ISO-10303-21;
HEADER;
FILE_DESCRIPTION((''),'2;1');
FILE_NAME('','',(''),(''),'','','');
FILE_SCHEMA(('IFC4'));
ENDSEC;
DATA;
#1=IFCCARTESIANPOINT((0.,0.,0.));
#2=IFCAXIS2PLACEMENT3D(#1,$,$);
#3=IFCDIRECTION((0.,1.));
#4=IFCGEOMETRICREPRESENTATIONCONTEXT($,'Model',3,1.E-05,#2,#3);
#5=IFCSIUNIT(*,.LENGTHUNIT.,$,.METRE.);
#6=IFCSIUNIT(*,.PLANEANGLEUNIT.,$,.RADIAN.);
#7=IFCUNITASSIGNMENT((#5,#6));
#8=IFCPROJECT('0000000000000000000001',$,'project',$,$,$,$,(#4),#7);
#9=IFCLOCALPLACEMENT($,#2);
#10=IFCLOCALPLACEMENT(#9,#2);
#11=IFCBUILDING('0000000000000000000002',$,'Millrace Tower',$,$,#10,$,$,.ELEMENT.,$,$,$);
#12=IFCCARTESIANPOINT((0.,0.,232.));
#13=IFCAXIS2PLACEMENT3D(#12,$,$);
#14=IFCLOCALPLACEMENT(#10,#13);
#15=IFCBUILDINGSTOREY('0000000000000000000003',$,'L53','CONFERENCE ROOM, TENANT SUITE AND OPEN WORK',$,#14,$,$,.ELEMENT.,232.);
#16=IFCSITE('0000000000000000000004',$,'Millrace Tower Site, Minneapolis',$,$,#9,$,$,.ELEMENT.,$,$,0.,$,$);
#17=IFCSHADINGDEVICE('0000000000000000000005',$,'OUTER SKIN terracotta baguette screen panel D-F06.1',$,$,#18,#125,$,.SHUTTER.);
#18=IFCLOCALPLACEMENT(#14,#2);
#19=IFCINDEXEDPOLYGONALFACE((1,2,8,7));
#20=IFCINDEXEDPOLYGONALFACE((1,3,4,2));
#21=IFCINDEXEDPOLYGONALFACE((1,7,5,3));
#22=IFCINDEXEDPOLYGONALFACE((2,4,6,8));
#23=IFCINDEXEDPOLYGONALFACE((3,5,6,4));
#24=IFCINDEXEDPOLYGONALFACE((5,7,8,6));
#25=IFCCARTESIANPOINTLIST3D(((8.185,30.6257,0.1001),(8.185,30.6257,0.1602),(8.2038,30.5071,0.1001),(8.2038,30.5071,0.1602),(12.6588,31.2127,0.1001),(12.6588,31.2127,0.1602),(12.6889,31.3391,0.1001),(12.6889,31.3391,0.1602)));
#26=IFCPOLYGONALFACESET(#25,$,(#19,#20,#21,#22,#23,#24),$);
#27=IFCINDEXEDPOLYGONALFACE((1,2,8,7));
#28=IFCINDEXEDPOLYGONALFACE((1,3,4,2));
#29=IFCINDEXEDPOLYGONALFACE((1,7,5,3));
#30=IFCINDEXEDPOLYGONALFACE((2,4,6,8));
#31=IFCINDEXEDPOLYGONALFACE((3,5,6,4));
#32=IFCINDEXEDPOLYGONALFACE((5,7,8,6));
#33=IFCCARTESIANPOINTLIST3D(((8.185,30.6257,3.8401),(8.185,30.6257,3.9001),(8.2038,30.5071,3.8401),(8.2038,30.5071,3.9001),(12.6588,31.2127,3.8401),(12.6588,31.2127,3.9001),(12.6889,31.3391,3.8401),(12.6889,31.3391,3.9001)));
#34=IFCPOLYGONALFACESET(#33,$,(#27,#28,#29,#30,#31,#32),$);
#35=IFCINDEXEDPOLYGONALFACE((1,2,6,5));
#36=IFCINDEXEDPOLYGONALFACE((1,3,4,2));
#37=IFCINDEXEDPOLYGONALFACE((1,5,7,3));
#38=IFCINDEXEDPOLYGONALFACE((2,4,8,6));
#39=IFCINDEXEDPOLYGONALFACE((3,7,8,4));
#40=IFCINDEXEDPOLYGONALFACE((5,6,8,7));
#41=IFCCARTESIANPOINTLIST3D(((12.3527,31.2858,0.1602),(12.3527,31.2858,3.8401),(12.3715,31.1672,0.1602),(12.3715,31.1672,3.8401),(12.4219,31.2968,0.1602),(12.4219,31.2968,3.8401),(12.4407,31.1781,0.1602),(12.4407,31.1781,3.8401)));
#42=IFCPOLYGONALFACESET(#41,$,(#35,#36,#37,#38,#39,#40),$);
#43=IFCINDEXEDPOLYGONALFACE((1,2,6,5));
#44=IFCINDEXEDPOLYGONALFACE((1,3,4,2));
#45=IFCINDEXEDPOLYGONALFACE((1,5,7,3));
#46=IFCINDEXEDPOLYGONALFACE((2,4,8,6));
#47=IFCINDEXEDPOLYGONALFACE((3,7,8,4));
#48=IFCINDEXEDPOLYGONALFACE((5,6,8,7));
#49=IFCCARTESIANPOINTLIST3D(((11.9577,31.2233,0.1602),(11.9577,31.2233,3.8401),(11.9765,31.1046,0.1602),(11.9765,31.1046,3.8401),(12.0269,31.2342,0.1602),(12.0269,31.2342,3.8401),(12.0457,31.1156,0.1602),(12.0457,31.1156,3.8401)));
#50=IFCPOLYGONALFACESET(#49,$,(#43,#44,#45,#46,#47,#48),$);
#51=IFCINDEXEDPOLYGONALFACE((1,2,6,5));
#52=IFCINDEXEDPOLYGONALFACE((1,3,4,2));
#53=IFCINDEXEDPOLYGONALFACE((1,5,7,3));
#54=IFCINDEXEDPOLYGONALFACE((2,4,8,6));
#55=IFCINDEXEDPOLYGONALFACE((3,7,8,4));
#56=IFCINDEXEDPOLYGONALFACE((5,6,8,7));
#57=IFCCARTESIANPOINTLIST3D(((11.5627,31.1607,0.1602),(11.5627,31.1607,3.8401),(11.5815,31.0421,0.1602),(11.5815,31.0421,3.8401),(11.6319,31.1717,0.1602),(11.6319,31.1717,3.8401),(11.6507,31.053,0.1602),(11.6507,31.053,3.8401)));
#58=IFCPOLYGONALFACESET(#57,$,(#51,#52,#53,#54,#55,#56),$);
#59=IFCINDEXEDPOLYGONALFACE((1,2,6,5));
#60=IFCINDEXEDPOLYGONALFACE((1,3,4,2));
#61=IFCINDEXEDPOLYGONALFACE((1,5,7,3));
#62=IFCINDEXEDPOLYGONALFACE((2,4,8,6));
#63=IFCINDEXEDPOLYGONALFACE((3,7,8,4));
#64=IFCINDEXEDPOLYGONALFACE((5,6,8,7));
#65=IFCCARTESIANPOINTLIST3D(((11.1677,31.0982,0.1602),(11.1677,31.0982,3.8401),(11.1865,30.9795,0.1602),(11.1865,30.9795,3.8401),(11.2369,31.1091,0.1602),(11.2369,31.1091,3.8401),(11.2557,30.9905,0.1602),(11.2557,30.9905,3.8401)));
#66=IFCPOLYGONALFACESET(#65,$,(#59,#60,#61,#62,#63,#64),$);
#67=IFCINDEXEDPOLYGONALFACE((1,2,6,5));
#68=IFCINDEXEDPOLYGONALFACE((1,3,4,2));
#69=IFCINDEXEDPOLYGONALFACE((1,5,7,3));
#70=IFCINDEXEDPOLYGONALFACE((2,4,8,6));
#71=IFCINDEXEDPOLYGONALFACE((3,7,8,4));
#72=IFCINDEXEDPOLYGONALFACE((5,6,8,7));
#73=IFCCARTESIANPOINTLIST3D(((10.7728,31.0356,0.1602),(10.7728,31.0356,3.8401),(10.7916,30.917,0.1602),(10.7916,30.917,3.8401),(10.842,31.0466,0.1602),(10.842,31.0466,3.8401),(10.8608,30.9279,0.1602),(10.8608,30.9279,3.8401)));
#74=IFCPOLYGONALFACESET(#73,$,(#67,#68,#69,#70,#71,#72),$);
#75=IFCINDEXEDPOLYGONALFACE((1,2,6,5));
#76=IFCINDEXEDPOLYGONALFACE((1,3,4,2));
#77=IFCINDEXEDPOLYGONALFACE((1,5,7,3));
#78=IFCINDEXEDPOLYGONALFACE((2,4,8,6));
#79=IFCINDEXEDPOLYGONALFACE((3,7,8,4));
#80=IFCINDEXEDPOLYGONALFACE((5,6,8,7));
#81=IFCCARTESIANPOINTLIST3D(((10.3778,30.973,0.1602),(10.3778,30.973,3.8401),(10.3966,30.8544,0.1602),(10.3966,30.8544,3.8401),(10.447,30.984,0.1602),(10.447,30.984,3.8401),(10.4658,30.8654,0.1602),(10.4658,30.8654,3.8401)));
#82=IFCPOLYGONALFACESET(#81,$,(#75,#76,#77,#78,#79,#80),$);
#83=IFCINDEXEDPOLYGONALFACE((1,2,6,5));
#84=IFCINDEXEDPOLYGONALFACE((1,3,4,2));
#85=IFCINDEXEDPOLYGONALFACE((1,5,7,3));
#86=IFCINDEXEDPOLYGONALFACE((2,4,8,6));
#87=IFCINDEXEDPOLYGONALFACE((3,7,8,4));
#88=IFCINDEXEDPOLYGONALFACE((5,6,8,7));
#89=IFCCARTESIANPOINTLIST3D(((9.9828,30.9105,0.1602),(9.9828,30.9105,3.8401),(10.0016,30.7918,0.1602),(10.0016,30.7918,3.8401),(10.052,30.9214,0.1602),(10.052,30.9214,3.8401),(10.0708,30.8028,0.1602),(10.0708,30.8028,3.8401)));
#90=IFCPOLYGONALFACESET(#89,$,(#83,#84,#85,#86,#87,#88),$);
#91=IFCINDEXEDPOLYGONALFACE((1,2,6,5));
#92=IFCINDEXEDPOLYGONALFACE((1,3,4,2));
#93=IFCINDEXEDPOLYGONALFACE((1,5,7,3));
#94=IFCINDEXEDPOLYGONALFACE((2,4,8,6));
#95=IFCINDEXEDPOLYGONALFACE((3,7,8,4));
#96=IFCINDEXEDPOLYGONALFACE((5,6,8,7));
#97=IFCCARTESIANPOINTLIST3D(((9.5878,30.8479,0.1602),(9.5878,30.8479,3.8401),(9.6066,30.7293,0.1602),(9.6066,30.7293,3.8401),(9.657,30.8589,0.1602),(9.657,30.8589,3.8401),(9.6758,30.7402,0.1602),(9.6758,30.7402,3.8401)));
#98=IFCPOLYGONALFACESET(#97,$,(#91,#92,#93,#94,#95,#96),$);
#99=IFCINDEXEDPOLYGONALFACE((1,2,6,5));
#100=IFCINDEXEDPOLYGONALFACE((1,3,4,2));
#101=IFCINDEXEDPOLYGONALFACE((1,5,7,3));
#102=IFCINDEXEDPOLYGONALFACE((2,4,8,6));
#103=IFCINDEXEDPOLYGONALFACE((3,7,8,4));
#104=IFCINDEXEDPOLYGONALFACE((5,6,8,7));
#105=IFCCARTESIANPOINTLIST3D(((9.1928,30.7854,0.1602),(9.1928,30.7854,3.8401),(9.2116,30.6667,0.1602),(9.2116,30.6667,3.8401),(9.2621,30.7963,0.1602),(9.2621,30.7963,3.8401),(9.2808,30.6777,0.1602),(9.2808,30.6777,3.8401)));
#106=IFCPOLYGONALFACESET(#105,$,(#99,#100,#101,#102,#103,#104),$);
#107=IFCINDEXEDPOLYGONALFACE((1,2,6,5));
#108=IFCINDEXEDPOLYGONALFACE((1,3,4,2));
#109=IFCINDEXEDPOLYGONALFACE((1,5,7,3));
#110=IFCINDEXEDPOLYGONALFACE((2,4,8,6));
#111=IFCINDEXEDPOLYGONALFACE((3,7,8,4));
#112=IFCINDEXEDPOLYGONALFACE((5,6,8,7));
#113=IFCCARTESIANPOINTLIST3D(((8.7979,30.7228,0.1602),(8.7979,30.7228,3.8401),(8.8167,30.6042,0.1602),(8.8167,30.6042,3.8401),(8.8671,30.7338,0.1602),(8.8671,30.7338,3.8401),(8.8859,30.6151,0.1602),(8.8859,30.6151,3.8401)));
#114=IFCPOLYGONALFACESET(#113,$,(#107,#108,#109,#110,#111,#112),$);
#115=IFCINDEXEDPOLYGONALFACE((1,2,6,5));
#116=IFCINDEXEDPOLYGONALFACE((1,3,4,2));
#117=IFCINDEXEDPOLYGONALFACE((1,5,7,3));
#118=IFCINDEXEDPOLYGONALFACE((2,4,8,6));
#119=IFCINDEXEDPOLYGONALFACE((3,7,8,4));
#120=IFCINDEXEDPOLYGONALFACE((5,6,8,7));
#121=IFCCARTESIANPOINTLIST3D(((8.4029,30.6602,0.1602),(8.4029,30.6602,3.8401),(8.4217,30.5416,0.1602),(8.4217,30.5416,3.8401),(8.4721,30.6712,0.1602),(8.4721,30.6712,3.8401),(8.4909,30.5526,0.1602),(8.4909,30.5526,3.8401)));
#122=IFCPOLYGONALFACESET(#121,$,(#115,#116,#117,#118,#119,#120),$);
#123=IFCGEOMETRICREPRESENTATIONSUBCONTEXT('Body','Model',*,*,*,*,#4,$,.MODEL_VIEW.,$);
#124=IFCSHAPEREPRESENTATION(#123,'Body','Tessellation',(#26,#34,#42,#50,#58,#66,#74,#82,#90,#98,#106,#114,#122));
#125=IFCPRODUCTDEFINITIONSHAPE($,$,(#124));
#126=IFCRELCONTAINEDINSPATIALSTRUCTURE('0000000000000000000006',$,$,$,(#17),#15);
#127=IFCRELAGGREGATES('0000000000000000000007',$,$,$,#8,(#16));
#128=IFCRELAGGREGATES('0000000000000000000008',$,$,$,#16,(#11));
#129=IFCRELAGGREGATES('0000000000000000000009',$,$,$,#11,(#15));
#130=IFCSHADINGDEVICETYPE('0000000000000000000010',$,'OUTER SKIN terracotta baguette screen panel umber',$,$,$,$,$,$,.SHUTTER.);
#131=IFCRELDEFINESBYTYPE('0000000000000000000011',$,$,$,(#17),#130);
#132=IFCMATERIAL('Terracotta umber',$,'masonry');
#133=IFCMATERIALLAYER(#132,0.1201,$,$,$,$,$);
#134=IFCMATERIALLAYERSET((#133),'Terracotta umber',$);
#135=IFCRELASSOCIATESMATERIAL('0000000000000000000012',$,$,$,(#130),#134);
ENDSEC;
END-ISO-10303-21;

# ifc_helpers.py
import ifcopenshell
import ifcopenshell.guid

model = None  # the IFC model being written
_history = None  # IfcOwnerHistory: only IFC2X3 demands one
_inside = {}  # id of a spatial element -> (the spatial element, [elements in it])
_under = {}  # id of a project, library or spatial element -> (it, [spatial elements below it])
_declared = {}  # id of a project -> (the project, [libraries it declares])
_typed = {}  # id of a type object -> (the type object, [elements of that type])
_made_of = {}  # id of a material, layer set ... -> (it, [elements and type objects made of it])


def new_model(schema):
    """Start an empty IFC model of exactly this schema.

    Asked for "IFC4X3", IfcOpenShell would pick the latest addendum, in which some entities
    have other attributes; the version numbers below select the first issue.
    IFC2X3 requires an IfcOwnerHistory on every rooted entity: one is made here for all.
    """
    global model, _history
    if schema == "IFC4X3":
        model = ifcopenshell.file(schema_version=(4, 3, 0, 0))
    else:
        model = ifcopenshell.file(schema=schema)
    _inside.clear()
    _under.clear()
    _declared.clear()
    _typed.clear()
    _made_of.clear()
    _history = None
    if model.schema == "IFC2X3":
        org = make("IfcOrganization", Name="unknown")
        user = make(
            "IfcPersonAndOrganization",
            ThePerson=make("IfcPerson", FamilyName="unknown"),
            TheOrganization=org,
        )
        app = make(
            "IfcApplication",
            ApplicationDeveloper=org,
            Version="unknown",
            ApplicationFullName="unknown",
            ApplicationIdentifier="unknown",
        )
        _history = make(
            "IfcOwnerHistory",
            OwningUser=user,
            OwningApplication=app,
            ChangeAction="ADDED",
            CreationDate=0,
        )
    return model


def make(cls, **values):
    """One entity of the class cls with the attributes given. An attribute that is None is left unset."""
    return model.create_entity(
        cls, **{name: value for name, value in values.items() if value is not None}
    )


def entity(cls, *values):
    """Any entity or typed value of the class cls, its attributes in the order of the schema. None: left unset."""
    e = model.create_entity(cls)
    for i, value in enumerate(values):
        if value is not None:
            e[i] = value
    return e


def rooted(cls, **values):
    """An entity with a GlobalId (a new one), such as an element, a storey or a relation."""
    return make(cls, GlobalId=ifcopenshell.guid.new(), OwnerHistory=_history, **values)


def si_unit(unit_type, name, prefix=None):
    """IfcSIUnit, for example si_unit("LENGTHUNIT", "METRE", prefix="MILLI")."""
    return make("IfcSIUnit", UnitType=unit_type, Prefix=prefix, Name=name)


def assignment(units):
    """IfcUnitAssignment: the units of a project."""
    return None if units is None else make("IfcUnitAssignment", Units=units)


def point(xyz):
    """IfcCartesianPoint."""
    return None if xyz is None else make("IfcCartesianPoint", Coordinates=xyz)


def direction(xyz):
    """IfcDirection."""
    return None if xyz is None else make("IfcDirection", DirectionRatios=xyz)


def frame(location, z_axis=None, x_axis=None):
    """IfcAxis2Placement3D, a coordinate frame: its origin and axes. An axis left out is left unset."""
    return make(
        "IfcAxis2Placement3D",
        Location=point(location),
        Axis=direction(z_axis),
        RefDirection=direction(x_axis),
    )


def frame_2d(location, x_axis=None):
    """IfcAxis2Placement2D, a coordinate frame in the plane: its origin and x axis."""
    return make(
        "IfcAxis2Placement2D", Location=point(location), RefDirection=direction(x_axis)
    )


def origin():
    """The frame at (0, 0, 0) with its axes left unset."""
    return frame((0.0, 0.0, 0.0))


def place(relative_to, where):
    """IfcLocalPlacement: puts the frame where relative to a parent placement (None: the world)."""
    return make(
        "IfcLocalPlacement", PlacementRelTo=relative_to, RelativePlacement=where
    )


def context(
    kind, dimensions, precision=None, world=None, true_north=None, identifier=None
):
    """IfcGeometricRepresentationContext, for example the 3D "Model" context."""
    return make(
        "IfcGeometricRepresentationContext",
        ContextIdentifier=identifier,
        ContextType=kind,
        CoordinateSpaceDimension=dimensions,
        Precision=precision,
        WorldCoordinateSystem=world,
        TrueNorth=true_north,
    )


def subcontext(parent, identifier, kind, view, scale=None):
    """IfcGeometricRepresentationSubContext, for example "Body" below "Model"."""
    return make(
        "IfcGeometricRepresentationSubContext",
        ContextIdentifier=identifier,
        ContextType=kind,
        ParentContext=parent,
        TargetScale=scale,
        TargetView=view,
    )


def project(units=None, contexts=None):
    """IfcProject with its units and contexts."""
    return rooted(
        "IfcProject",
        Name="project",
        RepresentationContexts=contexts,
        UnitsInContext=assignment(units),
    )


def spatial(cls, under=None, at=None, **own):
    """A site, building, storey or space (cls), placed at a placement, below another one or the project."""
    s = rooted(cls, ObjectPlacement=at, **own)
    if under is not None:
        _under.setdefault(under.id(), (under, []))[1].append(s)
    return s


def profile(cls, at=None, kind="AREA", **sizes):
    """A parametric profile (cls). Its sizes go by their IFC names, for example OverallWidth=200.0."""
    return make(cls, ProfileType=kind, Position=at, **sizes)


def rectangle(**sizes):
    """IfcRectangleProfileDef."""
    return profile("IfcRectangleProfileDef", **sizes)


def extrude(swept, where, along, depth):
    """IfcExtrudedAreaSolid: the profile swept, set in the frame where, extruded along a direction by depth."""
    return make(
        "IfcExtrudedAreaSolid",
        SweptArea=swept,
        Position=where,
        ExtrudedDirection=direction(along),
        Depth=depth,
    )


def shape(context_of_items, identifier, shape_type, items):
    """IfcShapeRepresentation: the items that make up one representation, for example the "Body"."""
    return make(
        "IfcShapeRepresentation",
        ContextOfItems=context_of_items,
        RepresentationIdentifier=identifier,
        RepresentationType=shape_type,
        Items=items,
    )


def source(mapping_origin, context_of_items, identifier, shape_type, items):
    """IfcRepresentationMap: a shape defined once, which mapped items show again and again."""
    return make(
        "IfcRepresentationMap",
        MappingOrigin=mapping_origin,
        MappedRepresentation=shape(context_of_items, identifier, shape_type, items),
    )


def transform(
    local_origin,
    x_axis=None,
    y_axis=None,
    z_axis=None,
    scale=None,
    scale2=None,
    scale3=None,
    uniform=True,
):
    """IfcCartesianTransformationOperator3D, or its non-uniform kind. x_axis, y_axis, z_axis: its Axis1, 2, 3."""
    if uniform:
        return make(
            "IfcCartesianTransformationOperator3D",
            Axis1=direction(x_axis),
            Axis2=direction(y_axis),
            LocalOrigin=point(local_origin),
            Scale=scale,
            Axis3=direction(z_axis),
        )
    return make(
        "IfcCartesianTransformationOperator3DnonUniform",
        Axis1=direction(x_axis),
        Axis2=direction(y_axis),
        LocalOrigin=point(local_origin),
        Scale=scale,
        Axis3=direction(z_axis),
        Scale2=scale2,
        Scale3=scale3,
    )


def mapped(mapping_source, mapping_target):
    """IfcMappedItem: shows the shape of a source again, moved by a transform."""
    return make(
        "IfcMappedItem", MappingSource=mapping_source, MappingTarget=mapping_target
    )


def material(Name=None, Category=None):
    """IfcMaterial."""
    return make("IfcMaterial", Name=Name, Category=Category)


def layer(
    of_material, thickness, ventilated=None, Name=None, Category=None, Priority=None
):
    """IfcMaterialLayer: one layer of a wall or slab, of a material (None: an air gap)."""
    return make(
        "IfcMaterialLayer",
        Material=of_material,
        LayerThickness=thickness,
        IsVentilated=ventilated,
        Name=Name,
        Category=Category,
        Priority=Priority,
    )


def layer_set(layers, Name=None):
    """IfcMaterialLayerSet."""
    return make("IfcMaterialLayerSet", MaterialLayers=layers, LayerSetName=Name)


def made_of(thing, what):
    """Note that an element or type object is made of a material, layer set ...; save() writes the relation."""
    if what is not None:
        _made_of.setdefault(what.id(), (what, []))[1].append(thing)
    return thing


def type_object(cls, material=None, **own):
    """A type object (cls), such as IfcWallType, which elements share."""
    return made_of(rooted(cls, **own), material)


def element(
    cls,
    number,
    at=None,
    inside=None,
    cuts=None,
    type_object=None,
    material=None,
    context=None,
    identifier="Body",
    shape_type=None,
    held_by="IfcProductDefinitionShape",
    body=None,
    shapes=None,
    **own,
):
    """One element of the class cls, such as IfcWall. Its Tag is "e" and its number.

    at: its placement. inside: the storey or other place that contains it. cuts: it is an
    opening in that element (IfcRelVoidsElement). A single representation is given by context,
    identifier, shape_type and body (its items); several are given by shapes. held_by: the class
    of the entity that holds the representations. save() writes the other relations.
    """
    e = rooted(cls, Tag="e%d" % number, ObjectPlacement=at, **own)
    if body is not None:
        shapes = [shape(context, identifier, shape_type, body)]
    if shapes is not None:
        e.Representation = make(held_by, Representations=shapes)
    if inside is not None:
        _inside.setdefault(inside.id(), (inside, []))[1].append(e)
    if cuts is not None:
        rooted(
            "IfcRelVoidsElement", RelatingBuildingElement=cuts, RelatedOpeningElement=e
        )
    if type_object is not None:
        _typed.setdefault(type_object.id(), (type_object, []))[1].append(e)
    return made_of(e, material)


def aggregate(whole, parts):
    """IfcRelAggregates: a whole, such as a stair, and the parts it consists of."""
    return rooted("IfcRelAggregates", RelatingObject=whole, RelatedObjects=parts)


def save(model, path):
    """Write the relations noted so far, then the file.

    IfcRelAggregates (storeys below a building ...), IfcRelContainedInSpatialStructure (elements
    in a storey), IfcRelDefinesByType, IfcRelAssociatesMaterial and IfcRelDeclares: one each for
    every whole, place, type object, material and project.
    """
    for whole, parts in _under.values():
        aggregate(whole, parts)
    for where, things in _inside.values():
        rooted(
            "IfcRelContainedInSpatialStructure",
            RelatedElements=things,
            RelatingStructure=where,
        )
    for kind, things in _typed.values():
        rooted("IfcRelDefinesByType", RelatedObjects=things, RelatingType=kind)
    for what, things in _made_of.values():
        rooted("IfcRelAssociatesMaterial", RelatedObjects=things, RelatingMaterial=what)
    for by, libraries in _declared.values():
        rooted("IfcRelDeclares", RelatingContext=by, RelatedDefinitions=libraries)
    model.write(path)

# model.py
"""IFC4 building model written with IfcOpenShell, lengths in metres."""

from ifc_helpers import new_model, entity, si_unit, direction, frame, frame_2d, origin, place, context, subcontext, project, spatial, rectangle, extrude, source, transform, mapped, material, layer, layer_set, type_object, element, save


model = new_model("IFC4")

# Units and contexts
model_context = context("Model", 3, precision=1e-05, world=origin(), true_north=direction((0.0, 1.0)))
body_context = subcontext(model_context, "Body", "Model", "MODEL_VIEW")
ifc_project = project(units=[si_unit("LENGTHUNIT", "METRE"), si_unit("PLANEANGLEUNIT", "RADIAN")], contexts=[model_context])

# Site, building, storey
site_placement = place(None, origin())
site = spatial("IfcSite", under=ifc_project, at=site_placement, Name="Millrace Tower Site, Minneapolis", CompositionType="ELEMENT", RefElevation=0.0)
building_placement = place(site_placement, origin())
building = spatial("IfcBuilding", under=site, at=building_placement, Name="Millrace Tower", CompositionType="ELEMENT")
storey_placement = place(building_placement, frame((0.0, 0.0, 232.0)))
storey = spatial("IfcBuildingStorey", under=building, at=storey_placement, Name="L53", Description="CONFERENCE ROOM, TENANT SUITE AND OPEN WORK", CompositionType="ELEMENT", Elevation=232.0)

# Shading device
ifc_material_1 = material(Name="Terracotta umber", Category="masonry")
ifc_layer_1 = layer(ifc_material_1, 0.1201)
ifc_layer_set_1 = layer_set([ifc_layer_1], Name="Terracotta umber")
shading_device_type = type_object("IfcShadingDeviceType", Name="OUTER SKIN terracotta baguette screen panel umber", PredefinedType="SHUTTER", material=ifc_layer_set_1)
cartesian_point_1 = entity("IfcCartesianPoint", [-2.2429, 0.0601])
shared_polyline_1 = entity("IfcPolyline", [cartesian_point_1, entity("IfcCartesianPoint", [2.2676, 0.0601]), entity("IfcCartesianPoint", [2.2676, -0.0601]), entity("IfcCartesianPoint", [-2.2925, -0.0601]), cartesian_point_1])
shared_shape_1 = source(origin(), body_context, "Body", "SweptSolid", [
    entity("IfcExtrudedAreaSolid", entity("IfcArbitraryClosedProfileDef", "AREA", None, shared_polyline_1), entity("IfcAxis2Placement3D", entity("IfcCartesianPoint", [0.0, 0.0, 0.0])), entity("IfcDirection", [0.0, 0.0, 1.0]), 0.0601),
    entity("IfcExtrudedAreaSolid", entity("IfcArbitraryClosedProfileDef", "AREA", None, shared_polyline_1), entity("IfcAxis2Placement3D", entity("IfcCartesianPoint", [0.0, 0.0, 3.74])), entity("IfcDirection", [0.0, 0.0, 1.0]), 0.0601),
    extrude(rectangle(XDim=0.0701, YDim=0.1201, at=frame_2d((-1.9871, 0.0))), frame((0.0, 0.0, 0.0601)), (0.0, 0.0, 1.0), 3.6799),
    extrude(rectangle(XDim=0.0701, YDim=0.1201, at=frame_2d((-1.5872, 0.0))), frame((0.0, 0.0, 0.0601)), (0.0, 0.0, 1.0), 3.6799),
    extrude(rectangle(XDim=0.0701, YDim=0.1201, at=frame_2d((-1.1873, 0.0))), frame((0.0, 0.0, 0.0601)), (0.0, 0.0, 1.0), 3.6799),
    extrude(rectangle(XDim=0.0701, YDim=0.1201, at=frame_2d((-0.7874, 0.0))), frame((0.0, 0.0, 0.0601)), (0.0, 0.0, 1.0), 3.6799),
    extrude(rectangle(XDim=0.0701, YDim=0.1201, at=frame_2d((-0.3875, 0.0))), frame((0.0, 0.0, 0.0601)), (0.0, 0.0, 1.0), 3.6799),
    extrude(rectangle(XDim=0.0701, YDim=0.1201, at=frame_2d((0.0125, 0.0))), frame((0.0, 0.0, 0.0601)), (0.0, 0.0, 1.0), 3.6799),
    extrude(rectangle(XDim=0.0701, YDim=0.1201, at=frame_2d((0.4124, 0.0))), frame((0.0, 0.0, 0.0601)), (0.0, 0.0, 1.0), 3.6799),
    extrude(rectangle(XDim=0.0701, YDim=0.1201, at=frame_2d((0.8123, 0.0))), frame((0.0, 0.0, 0.0601)), (0.0, 0.0, 1.0), 3.6799),
    extrude(rectangle(XDim=0.0701, YDim=0.1201, at=frame_2d((1.2122, 0.0))), frame((0.0, 0.0, 0.0601)), (0.0, 0.0, 1.0), 3.6799),
    extrude(rectangle(XDim=0.0701, YDim=0.1201, at=frame_2d((1.6121, 0.0))), frame((0.0, 0.0, 0.0601)), (0.0, 0.0, 1.0), 3.6799),
    extrude(rectangle(XDim=0.0701, YDim=0.1201, at=frame_2d((2.012, 0.0))), frame((0.0, 0.0, 0.0601)), (0.0, 0.0, 1.0), 3.6799),
])
shading_device_1_placement = place(storey_placement, frame((10.4341, 30.9211, 0.1001), z_axis=(0.0, 0.0, 1.0), x_axis=(-0.987688, -0.156434, 0.0)))
element("IfcShadingDevice", 1, at=shading_device_1_placement, inside=storey, type_object=shading_device_type, Name="OUTER SKIN terracotta baguette screen panel D-F06.1", PredefinedType="SHUTTER", context=body_context, shape_type="MappedRepresentation", body=[
    mapped(shared_shape_1, transform((0.0, 0.0, 0.0), scale=1.0)),
])

save(model, "model.ifc")
